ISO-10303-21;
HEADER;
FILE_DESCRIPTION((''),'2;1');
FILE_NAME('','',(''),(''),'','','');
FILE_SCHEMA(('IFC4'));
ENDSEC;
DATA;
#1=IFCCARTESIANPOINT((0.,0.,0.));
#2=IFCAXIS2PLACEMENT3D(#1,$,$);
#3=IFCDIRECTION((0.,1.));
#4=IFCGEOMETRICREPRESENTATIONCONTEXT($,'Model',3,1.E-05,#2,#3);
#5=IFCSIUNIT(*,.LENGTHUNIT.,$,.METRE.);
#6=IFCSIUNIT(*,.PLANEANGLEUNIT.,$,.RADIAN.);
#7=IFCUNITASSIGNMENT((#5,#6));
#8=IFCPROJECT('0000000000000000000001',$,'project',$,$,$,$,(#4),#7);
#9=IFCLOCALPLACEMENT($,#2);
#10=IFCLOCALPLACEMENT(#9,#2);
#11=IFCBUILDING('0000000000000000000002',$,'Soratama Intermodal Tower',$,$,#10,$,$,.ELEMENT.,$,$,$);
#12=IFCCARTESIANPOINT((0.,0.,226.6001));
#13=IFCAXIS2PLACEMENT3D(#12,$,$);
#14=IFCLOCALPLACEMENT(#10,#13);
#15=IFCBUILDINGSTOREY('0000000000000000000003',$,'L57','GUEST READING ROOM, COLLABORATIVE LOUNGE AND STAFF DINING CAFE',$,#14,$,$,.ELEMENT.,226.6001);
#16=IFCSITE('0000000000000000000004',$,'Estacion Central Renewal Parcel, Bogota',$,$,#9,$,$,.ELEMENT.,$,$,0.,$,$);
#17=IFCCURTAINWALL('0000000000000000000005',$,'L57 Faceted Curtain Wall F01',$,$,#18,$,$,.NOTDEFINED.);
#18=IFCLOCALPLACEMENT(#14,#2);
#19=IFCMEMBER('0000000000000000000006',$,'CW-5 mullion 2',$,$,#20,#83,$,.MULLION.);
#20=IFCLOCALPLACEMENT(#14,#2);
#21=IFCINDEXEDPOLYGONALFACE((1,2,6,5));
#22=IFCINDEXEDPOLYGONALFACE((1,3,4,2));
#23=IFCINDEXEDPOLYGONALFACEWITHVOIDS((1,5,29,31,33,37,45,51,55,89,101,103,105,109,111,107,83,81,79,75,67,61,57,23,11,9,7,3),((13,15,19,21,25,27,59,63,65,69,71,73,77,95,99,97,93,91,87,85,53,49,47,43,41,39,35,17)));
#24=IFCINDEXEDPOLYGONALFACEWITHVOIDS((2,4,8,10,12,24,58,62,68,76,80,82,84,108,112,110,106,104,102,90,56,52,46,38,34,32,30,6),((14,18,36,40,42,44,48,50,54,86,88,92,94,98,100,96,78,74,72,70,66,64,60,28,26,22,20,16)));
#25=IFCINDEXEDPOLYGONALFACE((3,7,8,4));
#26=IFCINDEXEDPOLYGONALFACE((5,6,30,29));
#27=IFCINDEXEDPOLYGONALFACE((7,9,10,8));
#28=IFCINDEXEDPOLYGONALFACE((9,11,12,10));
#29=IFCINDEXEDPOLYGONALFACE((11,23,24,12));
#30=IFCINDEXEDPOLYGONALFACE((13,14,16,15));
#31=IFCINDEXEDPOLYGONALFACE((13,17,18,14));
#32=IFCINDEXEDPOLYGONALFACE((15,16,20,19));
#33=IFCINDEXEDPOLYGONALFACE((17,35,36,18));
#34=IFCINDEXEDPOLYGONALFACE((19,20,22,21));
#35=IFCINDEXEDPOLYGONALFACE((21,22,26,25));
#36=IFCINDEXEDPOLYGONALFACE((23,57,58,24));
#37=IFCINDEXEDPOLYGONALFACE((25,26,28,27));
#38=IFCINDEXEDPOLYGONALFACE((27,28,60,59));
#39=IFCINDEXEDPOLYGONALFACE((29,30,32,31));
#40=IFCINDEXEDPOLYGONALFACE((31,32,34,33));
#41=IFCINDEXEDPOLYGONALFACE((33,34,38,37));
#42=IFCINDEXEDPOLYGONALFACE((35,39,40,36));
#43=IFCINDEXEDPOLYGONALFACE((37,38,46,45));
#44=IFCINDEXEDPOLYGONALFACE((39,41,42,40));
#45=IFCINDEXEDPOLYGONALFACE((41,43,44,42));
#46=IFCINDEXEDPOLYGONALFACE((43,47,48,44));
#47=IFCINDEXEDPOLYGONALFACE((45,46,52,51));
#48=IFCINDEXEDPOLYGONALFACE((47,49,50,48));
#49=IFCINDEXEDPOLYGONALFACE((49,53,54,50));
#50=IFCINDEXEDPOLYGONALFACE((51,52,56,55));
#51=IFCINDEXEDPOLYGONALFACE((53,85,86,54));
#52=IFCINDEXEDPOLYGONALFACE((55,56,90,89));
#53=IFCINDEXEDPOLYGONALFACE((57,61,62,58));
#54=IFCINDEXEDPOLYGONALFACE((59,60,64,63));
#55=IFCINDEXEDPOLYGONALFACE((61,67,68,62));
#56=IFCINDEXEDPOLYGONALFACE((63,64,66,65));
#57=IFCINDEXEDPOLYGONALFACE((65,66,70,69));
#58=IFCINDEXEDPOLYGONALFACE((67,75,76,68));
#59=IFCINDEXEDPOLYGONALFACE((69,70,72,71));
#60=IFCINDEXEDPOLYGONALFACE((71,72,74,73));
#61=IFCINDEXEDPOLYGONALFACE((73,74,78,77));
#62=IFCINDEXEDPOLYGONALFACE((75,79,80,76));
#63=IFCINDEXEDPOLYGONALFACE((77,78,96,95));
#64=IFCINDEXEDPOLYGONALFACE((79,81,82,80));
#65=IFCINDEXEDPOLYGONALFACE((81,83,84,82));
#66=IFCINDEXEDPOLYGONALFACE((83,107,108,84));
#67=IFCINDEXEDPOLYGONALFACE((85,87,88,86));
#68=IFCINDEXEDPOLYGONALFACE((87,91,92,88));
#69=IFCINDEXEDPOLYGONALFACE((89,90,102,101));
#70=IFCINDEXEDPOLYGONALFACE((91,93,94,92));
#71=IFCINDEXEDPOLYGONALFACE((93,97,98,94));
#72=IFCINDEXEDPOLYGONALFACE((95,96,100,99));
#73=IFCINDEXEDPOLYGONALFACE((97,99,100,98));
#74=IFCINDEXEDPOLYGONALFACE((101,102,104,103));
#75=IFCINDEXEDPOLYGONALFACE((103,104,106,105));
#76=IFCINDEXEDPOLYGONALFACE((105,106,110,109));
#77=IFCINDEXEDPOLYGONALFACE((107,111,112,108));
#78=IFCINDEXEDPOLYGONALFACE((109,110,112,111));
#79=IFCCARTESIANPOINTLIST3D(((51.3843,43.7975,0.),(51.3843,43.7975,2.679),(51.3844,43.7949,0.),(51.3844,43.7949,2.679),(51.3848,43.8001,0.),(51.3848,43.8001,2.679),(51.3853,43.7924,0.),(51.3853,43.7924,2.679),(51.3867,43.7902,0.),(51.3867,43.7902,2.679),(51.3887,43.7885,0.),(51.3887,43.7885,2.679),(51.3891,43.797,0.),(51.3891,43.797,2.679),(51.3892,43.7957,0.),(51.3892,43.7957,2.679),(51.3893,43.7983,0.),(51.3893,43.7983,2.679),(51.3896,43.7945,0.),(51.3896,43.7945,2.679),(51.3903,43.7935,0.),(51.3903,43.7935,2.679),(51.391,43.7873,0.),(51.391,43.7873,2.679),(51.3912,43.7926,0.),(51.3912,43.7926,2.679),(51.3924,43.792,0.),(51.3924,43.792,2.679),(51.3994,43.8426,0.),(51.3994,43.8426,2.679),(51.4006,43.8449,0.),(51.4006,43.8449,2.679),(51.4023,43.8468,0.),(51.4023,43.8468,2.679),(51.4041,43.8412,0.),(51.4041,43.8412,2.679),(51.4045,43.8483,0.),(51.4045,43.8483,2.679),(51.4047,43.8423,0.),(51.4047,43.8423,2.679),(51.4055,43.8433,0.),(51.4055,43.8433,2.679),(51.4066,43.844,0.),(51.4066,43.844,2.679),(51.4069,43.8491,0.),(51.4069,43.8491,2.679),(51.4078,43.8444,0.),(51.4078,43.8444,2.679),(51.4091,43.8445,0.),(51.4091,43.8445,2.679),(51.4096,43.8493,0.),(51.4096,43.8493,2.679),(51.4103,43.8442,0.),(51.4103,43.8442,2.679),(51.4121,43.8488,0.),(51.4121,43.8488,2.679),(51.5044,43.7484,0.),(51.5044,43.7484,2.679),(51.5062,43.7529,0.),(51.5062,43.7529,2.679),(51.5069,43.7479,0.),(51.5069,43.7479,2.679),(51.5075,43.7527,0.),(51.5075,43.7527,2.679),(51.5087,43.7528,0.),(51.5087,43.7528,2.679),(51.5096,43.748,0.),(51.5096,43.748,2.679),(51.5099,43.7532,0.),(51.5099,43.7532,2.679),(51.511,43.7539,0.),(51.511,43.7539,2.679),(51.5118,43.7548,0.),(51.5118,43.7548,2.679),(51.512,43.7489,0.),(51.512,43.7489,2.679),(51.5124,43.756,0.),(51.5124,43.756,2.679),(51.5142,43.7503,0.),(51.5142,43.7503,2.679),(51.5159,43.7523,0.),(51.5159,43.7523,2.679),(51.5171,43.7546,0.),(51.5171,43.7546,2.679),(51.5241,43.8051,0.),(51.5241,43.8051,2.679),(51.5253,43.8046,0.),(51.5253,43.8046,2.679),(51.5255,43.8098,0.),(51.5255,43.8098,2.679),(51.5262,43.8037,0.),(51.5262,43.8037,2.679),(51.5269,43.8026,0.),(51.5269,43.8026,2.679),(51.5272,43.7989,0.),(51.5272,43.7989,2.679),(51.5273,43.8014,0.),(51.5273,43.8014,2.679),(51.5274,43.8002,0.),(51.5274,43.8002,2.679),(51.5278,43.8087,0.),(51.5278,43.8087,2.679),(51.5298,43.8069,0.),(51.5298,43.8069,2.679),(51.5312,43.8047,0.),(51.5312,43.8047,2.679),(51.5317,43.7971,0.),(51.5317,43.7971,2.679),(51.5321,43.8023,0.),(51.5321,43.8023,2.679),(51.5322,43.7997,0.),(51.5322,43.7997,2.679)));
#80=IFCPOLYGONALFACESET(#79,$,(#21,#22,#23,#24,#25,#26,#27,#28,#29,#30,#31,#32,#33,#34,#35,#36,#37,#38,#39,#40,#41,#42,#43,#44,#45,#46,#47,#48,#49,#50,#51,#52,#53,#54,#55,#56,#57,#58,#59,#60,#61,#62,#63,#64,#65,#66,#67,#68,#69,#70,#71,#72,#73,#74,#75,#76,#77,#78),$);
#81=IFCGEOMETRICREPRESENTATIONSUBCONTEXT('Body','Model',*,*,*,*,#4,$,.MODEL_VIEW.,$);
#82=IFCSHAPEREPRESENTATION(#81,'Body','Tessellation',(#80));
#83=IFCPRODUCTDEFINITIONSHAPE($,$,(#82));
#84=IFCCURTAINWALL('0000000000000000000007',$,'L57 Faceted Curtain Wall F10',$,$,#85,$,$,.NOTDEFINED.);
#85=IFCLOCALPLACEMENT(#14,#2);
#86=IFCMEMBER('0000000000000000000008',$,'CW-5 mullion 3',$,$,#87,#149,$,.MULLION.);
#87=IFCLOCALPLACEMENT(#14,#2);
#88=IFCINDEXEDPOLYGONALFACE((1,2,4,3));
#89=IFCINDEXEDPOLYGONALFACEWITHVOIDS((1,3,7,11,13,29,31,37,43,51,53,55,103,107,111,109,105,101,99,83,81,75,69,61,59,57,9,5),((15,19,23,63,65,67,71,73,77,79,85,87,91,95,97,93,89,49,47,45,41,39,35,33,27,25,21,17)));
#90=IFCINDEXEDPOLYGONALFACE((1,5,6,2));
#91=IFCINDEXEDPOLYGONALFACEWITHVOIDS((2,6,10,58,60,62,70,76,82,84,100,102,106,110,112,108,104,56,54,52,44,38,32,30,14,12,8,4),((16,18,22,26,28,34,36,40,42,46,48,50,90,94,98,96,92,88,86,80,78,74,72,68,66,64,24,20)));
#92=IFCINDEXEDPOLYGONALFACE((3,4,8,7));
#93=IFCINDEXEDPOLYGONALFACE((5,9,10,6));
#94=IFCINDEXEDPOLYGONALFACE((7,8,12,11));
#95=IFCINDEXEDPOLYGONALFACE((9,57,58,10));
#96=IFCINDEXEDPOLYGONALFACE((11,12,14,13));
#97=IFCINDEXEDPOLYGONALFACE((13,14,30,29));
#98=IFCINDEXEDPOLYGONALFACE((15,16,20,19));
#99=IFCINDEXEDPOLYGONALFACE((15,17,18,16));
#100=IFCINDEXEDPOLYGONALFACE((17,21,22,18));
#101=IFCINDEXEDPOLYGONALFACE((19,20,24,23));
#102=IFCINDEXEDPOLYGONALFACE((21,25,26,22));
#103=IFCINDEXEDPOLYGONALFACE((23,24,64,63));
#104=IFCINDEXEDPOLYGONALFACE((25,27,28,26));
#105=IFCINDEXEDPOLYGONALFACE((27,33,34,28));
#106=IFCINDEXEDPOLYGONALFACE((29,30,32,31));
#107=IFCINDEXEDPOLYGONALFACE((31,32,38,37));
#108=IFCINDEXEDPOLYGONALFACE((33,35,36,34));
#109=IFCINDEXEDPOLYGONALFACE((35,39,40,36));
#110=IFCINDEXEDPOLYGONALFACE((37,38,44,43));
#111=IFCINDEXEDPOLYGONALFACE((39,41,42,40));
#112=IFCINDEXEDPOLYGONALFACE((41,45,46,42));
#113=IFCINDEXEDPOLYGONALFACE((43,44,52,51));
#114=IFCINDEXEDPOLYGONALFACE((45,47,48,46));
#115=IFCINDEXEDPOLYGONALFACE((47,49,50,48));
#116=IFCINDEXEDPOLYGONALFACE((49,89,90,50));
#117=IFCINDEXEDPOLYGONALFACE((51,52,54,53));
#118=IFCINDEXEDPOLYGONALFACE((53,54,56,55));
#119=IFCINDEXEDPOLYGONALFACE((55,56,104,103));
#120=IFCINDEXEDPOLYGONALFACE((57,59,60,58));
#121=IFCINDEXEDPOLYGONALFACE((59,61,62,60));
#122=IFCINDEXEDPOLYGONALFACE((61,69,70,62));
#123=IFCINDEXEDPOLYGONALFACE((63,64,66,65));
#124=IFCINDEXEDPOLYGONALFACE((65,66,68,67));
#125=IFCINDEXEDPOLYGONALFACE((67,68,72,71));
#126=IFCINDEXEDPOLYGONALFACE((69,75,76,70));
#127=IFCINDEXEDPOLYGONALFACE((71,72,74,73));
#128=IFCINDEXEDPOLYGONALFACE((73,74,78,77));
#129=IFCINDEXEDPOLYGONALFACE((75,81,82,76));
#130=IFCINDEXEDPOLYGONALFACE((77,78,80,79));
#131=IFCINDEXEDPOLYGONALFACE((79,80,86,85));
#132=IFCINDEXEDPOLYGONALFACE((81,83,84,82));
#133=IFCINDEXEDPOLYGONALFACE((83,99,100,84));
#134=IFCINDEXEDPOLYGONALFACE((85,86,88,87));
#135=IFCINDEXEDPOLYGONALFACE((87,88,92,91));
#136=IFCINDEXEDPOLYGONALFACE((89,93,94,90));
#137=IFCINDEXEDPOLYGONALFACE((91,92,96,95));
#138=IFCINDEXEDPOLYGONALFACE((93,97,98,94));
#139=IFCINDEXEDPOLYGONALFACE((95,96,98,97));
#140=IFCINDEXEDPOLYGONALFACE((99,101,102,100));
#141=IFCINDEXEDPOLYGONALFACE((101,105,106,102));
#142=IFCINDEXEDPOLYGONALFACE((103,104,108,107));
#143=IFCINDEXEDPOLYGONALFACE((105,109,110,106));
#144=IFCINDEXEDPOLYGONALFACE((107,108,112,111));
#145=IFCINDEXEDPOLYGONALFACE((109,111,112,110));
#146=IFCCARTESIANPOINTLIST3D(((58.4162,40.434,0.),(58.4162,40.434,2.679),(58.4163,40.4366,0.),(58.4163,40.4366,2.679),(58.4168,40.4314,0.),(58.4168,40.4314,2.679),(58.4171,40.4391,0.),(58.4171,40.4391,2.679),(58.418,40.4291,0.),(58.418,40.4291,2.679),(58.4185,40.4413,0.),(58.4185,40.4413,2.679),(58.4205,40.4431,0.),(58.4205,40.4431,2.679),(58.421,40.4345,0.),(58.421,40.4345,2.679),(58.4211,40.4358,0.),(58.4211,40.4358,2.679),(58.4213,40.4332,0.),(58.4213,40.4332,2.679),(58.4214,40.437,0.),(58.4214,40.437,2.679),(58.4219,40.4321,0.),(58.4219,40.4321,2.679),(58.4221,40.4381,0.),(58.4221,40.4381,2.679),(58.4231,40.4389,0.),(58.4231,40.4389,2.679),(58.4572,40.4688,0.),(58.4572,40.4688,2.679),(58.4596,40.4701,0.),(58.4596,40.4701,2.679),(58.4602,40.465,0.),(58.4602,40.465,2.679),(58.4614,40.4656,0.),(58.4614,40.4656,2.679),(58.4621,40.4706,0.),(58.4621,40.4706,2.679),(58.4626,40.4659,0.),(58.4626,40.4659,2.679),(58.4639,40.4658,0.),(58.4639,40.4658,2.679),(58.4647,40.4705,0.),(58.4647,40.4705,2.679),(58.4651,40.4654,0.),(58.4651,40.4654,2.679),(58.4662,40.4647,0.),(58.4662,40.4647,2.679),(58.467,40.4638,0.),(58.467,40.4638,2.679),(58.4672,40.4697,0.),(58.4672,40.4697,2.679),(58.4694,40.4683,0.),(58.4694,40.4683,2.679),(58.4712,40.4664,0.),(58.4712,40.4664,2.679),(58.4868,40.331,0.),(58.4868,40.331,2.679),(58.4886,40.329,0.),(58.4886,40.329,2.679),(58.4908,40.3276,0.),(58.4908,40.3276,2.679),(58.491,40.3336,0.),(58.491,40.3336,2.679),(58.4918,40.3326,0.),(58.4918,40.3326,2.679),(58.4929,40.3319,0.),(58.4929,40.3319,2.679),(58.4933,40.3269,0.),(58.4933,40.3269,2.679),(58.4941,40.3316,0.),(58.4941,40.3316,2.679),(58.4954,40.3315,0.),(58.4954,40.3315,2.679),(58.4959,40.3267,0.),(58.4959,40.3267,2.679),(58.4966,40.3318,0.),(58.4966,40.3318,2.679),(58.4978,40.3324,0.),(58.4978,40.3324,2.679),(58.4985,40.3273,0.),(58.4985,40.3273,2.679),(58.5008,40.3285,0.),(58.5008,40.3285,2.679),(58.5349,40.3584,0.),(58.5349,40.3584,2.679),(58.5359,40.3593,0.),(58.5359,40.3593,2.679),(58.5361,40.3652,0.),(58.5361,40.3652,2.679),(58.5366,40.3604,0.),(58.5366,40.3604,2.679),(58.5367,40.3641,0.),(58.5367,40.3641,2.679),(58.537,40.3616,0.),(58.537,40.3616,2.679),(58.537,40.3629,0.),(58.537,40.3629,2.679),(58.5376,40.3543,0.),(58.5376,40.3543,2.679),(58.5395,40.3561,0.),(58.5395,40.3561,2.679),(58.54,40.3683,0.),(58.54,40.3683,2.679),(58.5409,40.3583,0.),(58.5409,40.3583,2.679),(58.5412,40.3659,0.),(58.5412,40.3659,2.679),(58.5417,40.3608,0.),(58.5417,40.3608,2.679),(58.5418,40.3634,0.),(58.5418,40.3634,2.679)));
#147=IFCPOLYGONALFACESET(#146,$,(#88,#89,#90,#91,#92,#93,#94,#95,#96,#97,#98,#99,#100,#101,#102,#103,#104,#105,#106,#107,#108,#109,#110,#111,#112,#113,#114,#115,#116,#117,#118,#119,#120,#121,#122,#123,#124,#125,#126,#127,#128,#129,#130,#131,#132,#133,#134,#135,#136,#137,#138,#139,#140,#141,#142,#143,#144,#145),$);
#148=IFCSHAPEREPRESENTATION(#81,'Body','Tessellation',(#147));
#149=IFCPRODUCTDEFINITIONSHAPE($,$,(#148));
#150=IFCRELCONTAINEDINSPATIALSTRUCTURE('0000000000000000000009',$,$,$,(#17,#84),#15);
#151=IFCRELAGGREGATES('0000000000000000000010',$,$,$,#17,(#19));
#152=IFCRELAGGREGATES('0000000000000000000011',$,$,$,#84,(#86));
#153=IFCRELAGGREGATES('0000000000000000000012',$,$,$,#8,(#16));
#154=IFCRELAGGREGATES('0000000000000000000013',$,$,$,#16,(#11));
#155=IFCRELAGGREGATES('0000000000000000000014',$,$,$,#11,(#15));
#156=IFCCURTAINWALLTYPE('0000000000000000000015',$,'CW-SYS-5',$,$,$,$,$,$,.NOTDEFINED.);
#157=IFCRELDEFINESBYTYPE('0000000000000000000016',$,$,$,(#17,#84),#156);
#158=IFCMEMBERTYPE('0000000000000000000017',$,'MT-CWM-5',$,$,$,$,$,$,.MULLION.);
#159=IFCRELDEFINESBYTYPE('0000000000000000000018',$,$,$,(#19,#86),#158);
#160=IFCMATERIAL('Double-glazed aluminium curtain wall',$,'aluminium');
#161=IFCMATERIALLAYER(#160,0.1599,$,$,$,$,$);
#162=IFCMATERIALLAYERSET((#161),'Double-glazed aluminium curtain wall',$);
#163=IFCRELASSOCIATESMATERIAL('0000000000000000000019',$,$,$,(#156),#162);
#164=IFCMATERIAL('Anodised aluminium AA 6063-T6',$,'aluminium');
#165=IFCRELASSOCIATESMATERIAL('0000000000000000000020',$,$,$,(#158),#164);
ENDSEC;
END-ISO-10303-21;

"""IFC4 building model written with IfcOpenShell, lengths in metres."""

from ifc_helpers import new_model, si_unit, direction, frame, origin, origin_2d, place, context, subcontext, project, spatial, hollow_rectangle, extrude, material, layer, layer_set, material_profile, profile_set, type_object, element, aggregate, save


model = new_model("IFC4")

# Units and contexts
model_context = context("Model", 3, precision=1e-05, world=origin(), true_north=direction((0.0, 1.0)))
body_context = subcontext(model_context, "Body", "Model", "MODEL_VIEW")
ifc_project = project(units=[si_unit("LENGTHUNIT", "METRE"), si_unit("PLANEANGLEUNIT", "RADIAN")], contexts=[model_context])

# Site, building, storey
site_placement = place(None, origin())
site = spatial("IfcSite", under=ifc_project, at=site_placement, Name="Estacion Central Renewal Parcel, Bogota", CompositionType="ELEMENT", RefElevation=0.0)
building_placement = place(site_placement, origin())
building = spatial("IfcBuilding", under=site, at=building_placement, Name="Soratama Intermodal Tower", CompositionType="ELEMENT")
storey_placement = place(building_placement, frame((0.0, 0.0, 226.6001)))
storey = spatial("IfcBuildingStorey", under=building, at=storey_placement, Name="L57", Description="GUEST READING ROOM, COLLABORATIVE LOUNGE AND STAFF DINING CAFE", CompositionType="ELEMENT", Elevation=226.6001)

# Curtain wall, member
ifc_material_1 = material(Name="Double-glazed aluminium curtain wall", Category="aluminium")
ifc_layer_1 = layer(ifc_material_1, 0.1599)
ifc_layer_set_1 = layer_set([ifc_layer_1], Name="Double-glazed aluminium curtain wall")
curtain_wall_type = type_object("IfcCurtainWallType", Name="CW-SYS-5", PredefinedType="NOTDEFINED", material=ifc_layer_set_1)
curtain_wall_1_placement = place(storey_placement, origin())
curtain_wall_1 = element("IfcCurtainWall", 1, at=curtain_wall_1_placement, inside=storey, type_object=curtain_wall_type, Name="L57 Faceted Curtain Wall F01", PredefinedType="NOTDEFINED")
ifc_material_2 = material(Name="Anodised aluminium AA 6063-T6", Category="aluminium")
ifc_material_profile_1 = material_profile(ifc_material_2, hollow_rectangle(XDim=0.0649, YDim=0.1399, WallThickness=0.0049, InnerFilletRadius=0.0049, OuterFilletRadius=0.01, at=origin_2d()), Name="CWM140X65X5")
ifc_profile_set_1 = profile_set([ifc_material_profile_1], Name="Anodised aluminium AA 6063-T6")
member_type_1 = type_object("IfcMemberType", Name="MT-CWM-5", PredefinedType="MULLION", material=ifc_profile_set_1)
member_1_placement = place(storey_placement, frame((51.4583, 43.7986, 0.0), z_axis=(0.0, 0.0, 1.0), x_axis=(-0.324904, -0.945747, 0.0)))
member_1 = element("IfcMember", 2, at=member_1_placement, type_object=member_type_1, Name="CW-5 mullion 2", PredefinedType="MULLION", context=body_context, shape_type="SweptSolid", body=[
    extrude(hollow_rectangle(XDim=0.0649, YDim=0.1399, WallThickness=0.0049, InnerFilletRadius=0.0049, OuterFilletRadius=0.01, at=origin_2d()), origin(), (0.0, 0.0, 1.0), 2.679),
])

# Curtain wall, member
curtain_wall_2_placement = place(storey_placement, origin())
curtain_wall_2 = element("IfcCurtainWall", 3, at=curtain_wall_2_placement, inside=storey, type_object=curtain_wall_type, Name="L57 Faceted Curtain Wall F10", PredefinedType="NOTDEFINED")
member_2_placement = place(storey_placement, frame((58.479, 40.3987, 0.0), z_axis=(0.0, 0.0, 1.0), x_axis=(-0.81875, -0.57415, 0.0)))
member_2 = element("IfcMember", 4, at=member_2_placement, type_object=member_type_1, Name="CW-5 mullion 3", PredefinedType="MULLION", context=body_context, shape_type="SweptSolid", body=[
    extrude(hollow_rectangle(XDim=0.0649, YDim=0.1399, WallThickness=0.0049, InnerFilletRadius=0.0049, OuterFilletRadius=0.01, at=origin_2d()), origin(), (0.0, 0.0, 1.0), 2.679),
])

aggregate(curtain_wall_1, [member_1])
aggregate(curtain_wall_2, [member_2])

save(model, "model.ifc")
